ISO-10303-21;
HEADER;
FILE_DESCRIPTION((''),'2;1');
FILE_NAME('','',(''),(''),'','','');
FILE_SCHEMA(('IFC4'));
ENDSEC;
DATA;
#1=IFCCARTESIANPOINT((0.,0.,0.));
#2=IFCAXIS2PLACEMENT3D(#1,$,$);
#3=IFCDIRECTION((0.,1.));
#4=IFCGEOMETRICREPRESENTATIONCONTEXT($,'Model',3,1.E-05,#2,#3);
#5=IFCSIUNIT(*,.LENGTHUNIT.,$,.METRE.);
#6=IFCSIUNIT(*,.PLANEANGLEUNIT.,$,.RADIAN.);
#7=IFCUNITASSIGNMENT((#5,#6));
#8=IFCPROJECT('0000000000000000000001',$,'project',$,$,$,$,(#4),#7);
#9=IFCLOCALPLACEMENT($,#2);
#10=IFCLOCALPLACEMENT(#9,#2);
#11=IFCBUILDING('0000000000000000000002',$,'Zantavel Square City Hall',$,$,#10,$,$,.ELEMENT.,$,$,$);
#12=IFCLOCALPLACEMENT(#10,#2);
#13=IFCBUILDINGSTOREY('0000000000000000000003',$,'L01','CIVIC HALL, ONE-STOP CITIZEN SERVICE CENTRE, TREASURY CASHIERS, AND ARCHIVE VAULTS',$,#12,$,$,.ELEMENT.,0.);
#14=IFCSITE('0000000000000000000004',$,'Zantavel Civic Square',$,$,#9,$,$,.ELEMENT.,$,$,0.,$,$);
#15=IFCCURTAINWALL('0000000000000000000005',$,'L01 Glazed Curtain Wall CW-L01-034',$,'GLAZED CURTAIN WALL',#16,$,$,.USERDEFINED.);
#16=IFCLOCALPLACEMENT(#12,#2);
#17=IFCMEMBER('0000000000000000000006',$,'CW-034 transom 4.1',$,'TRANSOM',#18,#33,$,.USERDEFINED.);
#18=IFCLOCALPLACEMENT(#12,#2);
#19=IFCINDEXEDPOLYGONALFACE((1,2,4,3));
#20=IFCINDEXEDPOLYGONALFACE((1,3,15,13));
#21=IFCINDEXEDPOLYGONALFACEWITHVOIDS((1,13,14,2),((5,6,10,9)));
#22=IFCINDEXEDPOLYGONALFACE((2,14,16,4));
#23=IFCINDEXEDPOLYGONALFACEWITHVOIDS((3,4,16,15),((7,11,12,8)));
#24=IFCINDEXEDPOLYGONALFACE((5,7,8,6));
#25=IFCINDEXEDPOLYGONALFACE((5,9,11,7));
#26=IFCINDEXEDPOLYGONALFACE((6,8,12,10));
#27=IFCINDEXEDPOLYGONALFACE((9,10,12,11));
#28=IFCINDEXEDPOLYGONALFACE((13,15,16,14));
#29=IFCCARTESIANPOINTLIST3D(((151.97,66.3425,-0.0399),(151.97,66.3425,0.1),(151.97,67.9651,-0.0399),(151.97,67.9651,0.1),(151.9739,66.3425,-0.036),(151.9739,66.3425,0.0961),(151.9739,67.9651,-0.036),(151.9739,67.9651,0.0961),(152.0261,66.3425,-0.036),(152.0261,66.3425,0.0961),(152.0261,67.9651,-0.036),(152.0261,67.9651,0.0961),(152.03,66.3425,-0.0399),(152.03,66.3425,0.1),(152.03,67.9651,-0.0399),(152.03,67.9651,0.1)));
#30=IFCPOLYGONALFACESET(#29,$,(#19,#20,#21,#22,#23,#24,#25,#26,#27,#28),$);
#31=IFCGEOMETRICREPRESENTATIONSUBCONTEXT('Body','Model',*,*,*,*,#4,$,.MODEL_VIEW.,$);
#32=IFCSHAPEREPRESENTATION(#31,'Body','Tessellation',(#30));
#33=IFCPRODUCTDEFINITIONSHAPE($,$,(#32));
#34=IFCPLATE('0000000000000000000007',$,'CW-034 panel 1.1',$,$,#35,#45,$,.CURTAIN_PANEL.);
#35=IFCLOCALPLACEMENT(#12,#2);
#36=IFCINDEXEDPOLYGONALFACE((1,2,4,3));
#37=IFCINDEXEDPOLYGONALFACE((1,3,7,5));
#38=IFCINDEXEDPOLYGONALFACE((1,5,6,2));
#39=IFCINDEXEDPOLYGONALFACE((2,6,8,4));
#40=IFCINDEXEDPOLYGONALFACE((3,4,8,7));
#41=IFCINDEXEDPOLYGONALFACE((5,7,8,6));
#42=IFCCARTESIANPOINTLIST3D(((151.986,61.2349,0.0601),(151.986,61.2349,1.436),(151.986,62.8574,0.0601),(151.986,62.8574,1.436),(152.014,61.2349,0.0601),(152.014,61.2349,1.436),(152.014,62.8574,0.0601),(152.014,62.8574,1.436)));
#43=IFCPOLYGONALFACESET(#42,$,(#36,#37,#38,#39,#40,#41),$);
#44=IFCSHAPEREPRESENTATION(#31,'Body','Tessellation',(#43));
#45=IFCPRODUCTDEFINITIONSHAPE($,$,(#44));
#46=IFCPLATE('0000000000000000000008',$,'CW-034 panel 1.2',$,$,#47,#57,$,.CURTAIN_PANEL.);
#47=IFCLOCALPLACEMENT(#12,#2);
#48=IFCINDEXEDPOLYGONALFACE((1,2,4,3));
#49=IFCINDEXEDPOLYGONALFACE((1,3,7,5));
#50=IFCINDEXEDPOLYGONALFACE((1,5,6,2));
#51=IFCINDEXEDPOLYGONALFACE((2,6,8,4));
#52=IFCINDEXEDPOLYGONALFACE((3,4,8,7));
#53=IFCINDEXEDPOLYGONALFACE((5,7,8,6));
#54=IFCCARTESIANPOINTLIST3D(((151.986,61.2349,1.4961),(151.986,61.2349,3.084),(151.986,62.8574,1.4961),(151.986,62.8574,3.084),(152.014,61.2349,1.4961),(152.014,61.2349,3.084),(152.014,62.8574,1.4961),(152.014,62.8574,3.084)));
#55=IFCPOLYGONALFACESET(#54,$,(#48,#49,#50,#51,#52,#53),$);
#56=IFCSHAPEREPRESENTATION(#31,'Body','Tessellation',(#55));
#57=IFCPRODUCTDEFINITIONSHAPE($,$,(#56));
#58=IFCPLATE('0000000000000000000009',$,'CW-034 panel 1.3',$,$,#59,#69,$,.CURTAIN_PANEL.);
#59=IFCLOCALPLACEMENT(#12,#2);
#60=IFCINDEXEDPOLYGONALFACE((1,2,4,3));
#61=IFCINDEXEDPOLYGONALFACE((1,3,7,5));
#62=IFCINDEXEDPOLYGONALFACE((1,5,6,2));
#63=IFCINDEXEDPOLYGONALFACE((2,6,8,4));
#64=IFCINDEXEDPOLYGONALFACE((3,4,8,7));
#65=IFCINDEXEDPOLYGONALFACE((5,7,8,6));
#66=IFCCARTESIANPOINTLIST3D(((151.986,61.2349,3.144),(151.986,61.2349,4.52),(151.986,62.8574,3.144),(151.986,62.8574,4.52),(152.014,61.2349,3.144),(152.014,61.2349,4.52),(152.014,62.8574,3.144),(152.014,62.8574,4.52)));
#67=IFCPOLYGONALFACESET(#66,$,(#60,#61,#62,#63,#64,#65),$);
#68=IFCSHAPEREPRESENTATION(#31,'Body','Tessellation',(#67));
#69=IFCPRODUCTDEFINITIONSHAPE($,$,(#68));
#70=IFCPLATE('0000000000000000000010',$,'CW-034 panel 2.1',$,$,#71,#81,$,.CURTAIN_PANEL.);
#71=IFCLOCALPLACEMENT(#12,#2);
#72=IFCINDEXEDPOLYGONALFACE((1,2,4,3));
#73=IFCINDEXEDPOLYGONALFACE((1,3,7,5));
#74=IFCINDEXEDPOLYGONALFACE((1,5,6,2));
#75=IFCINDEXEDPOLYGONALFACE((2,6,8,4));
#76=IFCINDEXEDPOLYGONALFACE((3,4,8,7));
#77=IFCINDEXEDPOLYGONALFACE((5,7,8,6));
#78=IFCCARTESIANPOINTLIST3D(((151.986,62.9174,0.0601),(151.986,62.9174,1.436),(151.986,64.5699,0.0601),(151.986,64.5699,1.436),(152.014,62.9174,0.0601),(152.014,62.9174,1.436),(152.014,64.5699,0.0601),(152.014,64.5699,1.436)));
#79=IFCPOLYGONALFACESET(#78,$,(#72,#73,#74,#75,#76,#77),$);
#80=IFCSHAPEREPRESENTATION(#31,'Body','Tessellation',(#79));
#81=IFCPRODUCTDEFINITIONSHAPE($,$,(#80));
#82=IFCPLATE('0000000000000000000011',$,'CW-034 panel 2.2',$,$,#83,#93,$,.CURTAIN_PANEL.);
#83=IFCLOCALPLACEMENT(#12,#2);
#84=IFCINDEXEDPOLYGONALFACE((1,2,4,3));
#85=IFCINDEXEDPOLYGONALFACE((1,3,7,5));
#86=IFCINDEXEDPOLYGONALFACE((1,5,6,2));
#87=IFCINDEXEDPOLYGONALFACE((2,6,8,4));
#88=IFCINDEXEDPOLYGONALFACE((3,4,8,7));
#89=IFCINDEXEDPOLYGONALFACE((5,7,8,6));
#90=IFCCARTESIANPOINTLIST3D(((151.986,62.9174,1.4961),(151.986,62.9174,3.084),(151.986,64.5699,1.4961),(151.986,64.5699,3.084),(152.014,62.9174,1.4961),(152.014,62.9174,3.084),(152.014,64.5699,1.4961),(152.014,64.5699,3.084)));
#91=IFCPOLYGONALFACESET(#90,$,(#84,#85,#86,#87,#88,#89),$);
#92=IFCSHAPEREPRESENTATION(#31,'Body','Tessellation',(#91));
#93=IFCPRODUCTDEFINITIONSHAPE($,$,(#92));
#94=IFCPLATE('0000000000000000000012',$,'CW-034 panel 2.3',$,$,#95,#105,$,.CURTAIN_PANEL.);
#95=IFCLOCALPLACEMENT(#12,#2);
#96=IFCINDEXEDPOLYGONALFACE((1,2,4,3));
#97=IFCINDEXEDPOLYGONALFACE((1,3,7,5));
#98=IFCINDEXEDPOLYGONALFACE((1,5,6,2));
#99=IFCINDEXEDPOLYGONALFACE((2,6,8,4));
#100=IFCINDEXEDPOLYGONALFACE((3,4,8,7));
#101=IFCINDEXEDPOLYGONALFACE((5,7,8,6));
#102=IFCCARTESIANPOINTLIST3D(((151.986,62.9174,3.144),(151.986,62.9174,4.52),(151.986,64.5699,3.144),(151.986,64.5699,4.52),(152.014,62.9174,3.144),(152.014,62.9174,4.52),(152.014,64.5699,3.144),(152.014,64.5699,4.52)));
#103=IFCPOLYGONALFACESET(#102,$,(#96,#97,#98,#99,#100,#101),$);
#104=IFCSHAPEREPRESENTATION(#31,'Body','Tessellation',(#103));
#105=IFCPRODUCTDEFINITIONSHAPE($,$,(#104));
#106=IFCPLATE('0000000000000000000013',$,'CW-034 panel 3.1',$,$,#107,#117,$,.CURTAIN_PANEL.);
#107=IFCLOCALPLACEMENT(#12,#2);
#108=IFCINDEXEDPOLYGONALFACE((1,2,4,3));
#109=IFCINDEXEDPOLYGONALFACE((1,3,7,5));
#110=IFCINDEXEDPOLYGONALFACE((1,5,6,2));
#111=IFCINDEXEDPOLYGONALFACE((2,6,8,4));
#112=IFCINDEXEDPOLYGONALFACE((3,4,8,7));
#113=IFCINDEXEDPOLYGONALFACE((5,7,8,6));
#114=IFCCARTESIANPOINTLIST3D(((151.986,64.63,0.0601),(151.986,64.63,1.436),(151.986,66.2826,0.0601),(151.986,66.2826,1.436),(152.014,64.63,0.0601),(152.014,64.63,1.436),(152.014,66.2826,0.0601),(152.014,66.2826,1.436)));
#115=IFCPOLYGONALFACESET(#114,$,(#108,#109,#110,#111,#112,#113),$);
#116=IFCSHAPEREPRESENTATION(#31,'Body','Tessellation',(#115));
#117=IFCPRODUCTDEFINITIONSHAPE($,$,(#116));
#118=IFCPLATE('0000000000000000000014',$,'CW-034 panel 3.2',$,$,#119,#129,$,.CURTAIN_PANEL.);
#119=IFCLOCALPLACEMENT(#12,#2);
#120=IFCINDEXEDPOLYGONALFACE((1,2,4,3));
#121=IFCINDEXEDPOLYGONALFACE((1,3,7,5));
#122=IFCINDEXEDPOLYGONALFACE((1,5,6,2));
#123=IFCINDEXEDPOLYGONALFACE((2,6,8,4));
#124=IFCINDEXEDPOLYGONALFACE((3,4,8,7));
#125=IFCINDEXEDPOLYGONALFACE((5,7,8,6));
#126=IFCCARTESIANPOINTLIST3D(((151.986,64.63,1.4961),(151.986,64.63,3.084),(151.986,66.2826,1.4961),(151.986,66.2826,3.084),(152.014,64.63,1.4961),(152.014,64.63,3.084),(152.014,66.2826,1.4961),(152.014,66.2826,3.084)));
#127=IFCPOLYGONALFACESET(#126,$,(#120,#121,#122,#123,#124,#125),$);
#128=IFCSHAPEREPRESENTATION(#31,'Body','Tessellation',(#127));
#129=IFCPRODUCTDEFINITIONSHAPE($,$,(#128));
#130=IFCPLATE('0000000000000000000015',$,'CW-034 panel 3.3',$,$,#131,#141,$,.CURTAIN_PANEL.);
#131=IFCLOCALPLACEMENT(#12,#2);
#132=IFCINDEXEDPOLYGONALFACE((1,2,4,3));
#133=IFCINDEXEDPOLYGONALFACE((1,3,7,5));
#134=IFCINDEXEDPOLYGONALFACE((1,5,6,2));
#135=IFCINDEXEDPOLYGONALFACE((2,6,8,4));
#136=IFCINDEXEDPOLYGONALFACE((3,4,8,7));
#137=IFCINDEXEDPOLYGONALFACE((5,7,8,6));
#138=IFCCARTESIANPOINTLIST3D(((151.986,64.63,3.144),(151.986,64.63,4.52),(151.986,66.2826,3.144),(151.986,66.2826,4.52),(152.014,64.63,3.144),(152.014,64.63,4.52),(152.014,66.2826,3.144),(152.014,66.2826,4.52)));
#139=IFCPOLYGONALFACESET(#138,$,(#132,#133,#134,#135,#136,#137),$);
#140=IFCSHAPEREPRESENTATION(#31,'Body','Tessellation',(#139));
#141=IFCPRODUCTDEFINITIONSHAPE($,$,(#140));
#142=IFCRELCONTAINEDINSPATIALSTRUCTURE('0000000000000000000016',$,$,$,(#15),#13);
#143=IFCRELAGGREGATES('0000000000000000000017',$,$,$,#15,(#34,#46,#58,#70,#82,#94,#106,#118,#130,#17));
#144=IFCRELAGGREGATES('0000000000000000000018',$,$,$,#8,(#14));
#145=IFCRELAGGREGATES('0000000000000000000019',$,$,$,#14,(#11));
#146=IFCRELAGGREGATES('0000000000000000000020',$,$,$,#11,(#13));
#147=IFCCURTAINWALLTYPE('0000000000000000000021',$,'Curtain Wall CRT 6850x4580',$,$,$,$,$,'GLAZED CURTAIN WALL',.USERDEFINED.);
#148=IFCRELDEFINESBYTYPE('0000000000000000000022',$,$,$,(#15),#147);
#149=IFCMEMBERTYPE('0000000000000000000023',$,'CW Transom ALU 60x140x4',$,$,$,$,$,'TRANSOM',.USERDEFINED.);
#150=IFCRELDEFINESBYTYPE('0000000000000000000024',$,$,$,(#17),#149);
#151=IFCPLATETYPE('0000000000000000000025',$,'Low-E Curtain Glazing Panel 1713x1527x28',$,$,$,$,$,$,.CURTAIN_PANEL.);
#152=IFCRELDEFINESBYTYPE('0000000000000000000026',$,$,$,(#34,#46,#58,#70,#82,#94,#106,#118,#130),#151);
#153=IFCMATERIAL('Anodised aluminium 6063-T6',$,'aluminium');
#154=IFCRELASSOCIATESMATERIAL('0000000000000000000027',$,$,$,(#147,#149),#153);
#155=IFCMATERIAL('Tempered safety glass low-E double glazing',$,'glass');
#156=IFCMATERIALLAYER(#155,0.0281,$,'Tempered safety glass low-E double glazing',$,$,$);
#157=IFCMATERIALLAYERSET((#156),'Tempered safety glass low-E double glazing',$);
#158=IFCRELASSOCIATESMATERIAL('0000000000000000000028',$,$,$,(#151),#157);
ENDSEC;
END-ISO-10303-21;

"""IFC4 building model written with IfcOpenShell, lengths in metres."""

from ifc_helpers import new_model, si_unit, direction, frame, origin, origin_2d, place, context, subcontext, project, spatial, rectangle, hollow_rectangle, extrude, material, layer, layer_set, material_profile, profile_set, type_object, element, aggregate, save


model = new_model("IFC4")

# Units and contexts
model_context = context("Model", 3, precision=1e-05, world=origin(), true_north=direction((0.0, 1.0)))
body_context = subcontext(model_context, "Body", "Model", "MODEL_VIEW")
ifc_project = project(units=[si_unit("LENGTHUNIT", "METRE"), si_unit("PLANEANGLEUNIT", "RADIAN")], contexts=[model_context])

# Site, building, storey
site_placement = place(None, origin())
site = spatial("IfcSite", under=ifc_project, at=site_placement, Name="Zantavel Civic Square", CompositionType="ELEMENT", RefElevation=0.0)
building_placement = place(site_placement, origin())
building = spatial("IfcBuilding", under=site, at=building_placement, Name="Zantavel Square City Hall", CompositionType="ELEMENT")
storey_placement = place(building_placement, origin())
storey = spatial("IfcBuildingStorey", under=building, at=storey_placement, Name="L01", Description="CIVIC HALL, ONE-STOP CITIZEN SERVICE CENTRE, TREASURY CASHIERS, AND ARCHIVE VAULTS", CompositionType="ELEMENT", Elevation=0.0)

# Curtain wall, member, plates
ifc_material_1 = material(Name="Anodised aluminium 6063-T6", Category="aluminium")
curtain_wall_type = type_object("IfcCurtainWallType", Name="Curtain Wall CRT 6850x4580", ElementType="GLAZED CURTAIN WALL", PredefinedType="USERDEFINED", material=ifc_material_1)
curtain_wall_placement = place(storey_placement, origin())
curtain_wall = element("IfcCurtainWall", 1, at=curtain_wall_placement, inside=storey, type_object=curtain_wall_type, Name="L01 Glazed Curtain Wall CW-L01-034", ObjectType="GLAZED CURTAIN WALL", PredefinedType="USERDEFINED")
ifc_material_profile_1 = material_profile(ifc_material_1, hollow_rectangle(XDim=0.0601, YDim=0.1399, WallThickness=0.0039, at=origin_2d()), Name="ALU 60x140x4")
ifc_profile_set_1 = profile_set([ifc_material_profile_1], Name="Anodised aluminium 6063-T6")
member_type_1 = type_object("IfcMemberType", Name="CW Transom ALU 60x140x4", ElementType="TRANSOM", PredefinedType="USERDEFINED", material=ifc_profile_set_1)
member_1_placement = place(storey_placement, frame((152.0, 66.3425, 0.03), z_axis=(0.0, 1.0, 0.0), x_axis=(-1.0, 0.0, 0.0)))
member_1 = element("IfcMember", 2, at=member_1_placement, type_object=member_type_1, Name="CW-034 transom 4.1", ObjectType="TRANSOM", PredefinedType="USERDEFINED", context=body_context, shape_type="SweptSolid", body=[
    extrude(hollow_rectangle(XDim=0.0601, YDim=0.1399, WallThickness=0.0039, at=origin_2d()), origin(), (0.0, 0.0, 1.0), 1.6226),
])
ifc_material_2 = material(Name="Tempered safety glass low-E double glazing", Category="glass")
ifc_layer = layer(ifc_material_2, 0.0281, Name="Tempered safety glass low-E double glazing")
ifc_layer_set = layer_set([ifc_layer], Name="Tempered safety glass low-E double glazing")
plate_type = type_object("IfcPlateType", Name="Low-E Curtain Glazing Panel 1713x1527x28", PredefinedType="CURTAIN_PANEL", material=ifc_layer_set)
plate_1_placement = place(storey_placement, frame((152.0, 62.0461, 0.0601), z_axis=(0.0, 0.0, 1.0), x_axis=(0.0, 1.0, 0.0)))
plate_1 = element("IfcPlate", 3, at=plate_1_placement, type_object=plate_type, Name="CW-034 panel 1.1", PredefinedType="CURTAIN_PANEL", context=body_context, shape_type="SweptSolid", body=[
    extrude(rectangle(XDim=1.6226, YDim=0.0281, at=origin_2d()), origin(), (0.0, 0.0, 1.0), 1.376),
])
plate_2_placement = place(storey_placement, frame((152.0, 62.0461, 1.4961), z_axis=(0.0, 0.0, 1.0), x_axis=(0.0, 1.0, 0.0)))
plate_2 = element("IfcPlate", 4, at=plate_2_placement, type_object=plate_type, Name="CW-034 panel 1.2", PredefinedType="CURTAIN_PANEL", context=body_context, shape_type="SweptSolid", body=[
    extrude(rectangle(XDim=1.6226, YDim=0.0281, at=origin_2d()), origin(), (0.0, 0.0, 1.0), 1.5879),
])
plate_3_placement = place(storey_placement, frame((152.0, 62.0461, 3.144), z_axis=(0.0, 0.0, 1.0), x_axis=(0.0, 1.0, 0.0)))
plate_3 = element("IfcPlate", 5, at=plate_3_placement, type_object=plate_type, Name="CW-034 panel 1.3", PredefinedType="CURTAIN_PANEL", context=body_context, shape_type="SweptSolid", body=[
    extrude(rectangle(XDim=1.6226, YDim=0.0281, at=origin_2d()), origin(), (0.0, 0.0, 1.0), 1.376),
])
plate_4_placement = place(storey_placement, frame((152.0, 63.7437, 0.0601), z_axis=(0.0, 0.0, 1.0), x_axis=(0.0, 1.0, 0.0)))
plate_4 = element("IfcPlate", 6, at=plate_4_placement, type_object=plate_type, Name="CW-034 panel 2.1", PredefinedType="CURTAIN_PANEL", context=body_context, shape_type="SweptSolid", body=[
    extrude(rectangle(XDim=1.6526, YDim=0.0281, at=origin_2d()), origin(), (0.0, 0.0, 1.0), 1.376),
])
plate_5_placement = place(storey_placement, frame((152.0, 63.7437, 1.4961), z_axis=(0.0, 0.0, 1.0), x_axis=(0.0, 1.0, 0.0)))
plate_5 = element("IfcPlate", 7, at=plate_5_placement, type_object=plate_type, Name="CW-034 panel 2.2", PredefinedType="CURTAIN_PANEL", context=body_context, shape_type="SweptSolid", body=[
    extrude(rectangle(XDim=1.6526, YDim=0.0281, at=origin_2d()), origin(), (0.0, 0.0, 1.0), 1.5879),
])
plate_6_placement = place(storey_placement, frame((152.0, 63.7437, 3.144), z_axis=(0.0, 0.0, 1.0), x_axis=(0.0, 1.0, 0.0)))
plate_6 = element("IfcPlate", 8, at=plate_6_placement, type_object=plate_type, Name="CW-034 panel 2.3", PredefinedType="CURTAIN_PANEL", context=body_context, shape_type="SweptSolid", body=[
    extrude(rectangle(XDim=1.6526, YDim=0.0281, at=origin_2d()), origin(), (0.0, 0.0, 1.0), 1.376),
])
plate_7_placement = place(storey_placement, frame((152.0, 65.4563, 0.0601), z_axis=(0.0, 0.0, 1.0), x_axis=(0.0, 1.0, 0.0)))
plate_7 = element("IfcPlate", 9, at=plate_7_placement, type_object=plate_type, Name="CW-034 panel 3.1", PredefinedType="CURTAIN_PANEL", context=body_context, shape_type="SweptSolid", body=[
    extrude(rectangle(XDim=1.6526, YDim=0.0281, at=origin_2d()), origin(), (0.0, 0.0, 1.0), 1.376),
])
plate_8_placement = place(storey_placement, frame((152.0, 65.4563, 1.4961), z_axis=(0.0, 0.0, 1.0), x_axis=(0.0, 1.0, 0.0)))
plate_8 = element("IfcPlate", 10, at=plate_8_placement, type_object=plate_type, Name="CW-034 panel 3.2", PredefinedType="CURTAIN_PANEL", context=body_context, shape_type="SweptSolid", body=[
    extrude(rectangle(XDim=1.6526, YDim=0.0281, at=origin_2d()), origin(), (0.0, 0.0, 1.0), 1.5879),
])
plate_9_placement = place(storey_placement, frame((152.0, 65.4563, 3.144), z_axis=(0.0, 0.0, 1.0), x_axis=(0.0, 1.0, 0.0)))
plate_9 = element("IfcPlate", 11, at=plate_9_placement, type_object=plate_type, Name="CW-034 panel 3.3", PredefinedType="CURTAIN_PANEL", context=body_context, shape_type="SweptSolid", body=[
    extrude(rectangle(XDim=1.6526, YDim=0.0281, at=origin_2d()), origin(), (0.0, 0.0, 1.0), 1.376),
])
aggregate(curtain_wall, [plate_1, plate_2, plate_3, plate_4, plate_5, plate_6, plate_7, plate_8, plate_9, member_1])

save(model, "model.ifc")
